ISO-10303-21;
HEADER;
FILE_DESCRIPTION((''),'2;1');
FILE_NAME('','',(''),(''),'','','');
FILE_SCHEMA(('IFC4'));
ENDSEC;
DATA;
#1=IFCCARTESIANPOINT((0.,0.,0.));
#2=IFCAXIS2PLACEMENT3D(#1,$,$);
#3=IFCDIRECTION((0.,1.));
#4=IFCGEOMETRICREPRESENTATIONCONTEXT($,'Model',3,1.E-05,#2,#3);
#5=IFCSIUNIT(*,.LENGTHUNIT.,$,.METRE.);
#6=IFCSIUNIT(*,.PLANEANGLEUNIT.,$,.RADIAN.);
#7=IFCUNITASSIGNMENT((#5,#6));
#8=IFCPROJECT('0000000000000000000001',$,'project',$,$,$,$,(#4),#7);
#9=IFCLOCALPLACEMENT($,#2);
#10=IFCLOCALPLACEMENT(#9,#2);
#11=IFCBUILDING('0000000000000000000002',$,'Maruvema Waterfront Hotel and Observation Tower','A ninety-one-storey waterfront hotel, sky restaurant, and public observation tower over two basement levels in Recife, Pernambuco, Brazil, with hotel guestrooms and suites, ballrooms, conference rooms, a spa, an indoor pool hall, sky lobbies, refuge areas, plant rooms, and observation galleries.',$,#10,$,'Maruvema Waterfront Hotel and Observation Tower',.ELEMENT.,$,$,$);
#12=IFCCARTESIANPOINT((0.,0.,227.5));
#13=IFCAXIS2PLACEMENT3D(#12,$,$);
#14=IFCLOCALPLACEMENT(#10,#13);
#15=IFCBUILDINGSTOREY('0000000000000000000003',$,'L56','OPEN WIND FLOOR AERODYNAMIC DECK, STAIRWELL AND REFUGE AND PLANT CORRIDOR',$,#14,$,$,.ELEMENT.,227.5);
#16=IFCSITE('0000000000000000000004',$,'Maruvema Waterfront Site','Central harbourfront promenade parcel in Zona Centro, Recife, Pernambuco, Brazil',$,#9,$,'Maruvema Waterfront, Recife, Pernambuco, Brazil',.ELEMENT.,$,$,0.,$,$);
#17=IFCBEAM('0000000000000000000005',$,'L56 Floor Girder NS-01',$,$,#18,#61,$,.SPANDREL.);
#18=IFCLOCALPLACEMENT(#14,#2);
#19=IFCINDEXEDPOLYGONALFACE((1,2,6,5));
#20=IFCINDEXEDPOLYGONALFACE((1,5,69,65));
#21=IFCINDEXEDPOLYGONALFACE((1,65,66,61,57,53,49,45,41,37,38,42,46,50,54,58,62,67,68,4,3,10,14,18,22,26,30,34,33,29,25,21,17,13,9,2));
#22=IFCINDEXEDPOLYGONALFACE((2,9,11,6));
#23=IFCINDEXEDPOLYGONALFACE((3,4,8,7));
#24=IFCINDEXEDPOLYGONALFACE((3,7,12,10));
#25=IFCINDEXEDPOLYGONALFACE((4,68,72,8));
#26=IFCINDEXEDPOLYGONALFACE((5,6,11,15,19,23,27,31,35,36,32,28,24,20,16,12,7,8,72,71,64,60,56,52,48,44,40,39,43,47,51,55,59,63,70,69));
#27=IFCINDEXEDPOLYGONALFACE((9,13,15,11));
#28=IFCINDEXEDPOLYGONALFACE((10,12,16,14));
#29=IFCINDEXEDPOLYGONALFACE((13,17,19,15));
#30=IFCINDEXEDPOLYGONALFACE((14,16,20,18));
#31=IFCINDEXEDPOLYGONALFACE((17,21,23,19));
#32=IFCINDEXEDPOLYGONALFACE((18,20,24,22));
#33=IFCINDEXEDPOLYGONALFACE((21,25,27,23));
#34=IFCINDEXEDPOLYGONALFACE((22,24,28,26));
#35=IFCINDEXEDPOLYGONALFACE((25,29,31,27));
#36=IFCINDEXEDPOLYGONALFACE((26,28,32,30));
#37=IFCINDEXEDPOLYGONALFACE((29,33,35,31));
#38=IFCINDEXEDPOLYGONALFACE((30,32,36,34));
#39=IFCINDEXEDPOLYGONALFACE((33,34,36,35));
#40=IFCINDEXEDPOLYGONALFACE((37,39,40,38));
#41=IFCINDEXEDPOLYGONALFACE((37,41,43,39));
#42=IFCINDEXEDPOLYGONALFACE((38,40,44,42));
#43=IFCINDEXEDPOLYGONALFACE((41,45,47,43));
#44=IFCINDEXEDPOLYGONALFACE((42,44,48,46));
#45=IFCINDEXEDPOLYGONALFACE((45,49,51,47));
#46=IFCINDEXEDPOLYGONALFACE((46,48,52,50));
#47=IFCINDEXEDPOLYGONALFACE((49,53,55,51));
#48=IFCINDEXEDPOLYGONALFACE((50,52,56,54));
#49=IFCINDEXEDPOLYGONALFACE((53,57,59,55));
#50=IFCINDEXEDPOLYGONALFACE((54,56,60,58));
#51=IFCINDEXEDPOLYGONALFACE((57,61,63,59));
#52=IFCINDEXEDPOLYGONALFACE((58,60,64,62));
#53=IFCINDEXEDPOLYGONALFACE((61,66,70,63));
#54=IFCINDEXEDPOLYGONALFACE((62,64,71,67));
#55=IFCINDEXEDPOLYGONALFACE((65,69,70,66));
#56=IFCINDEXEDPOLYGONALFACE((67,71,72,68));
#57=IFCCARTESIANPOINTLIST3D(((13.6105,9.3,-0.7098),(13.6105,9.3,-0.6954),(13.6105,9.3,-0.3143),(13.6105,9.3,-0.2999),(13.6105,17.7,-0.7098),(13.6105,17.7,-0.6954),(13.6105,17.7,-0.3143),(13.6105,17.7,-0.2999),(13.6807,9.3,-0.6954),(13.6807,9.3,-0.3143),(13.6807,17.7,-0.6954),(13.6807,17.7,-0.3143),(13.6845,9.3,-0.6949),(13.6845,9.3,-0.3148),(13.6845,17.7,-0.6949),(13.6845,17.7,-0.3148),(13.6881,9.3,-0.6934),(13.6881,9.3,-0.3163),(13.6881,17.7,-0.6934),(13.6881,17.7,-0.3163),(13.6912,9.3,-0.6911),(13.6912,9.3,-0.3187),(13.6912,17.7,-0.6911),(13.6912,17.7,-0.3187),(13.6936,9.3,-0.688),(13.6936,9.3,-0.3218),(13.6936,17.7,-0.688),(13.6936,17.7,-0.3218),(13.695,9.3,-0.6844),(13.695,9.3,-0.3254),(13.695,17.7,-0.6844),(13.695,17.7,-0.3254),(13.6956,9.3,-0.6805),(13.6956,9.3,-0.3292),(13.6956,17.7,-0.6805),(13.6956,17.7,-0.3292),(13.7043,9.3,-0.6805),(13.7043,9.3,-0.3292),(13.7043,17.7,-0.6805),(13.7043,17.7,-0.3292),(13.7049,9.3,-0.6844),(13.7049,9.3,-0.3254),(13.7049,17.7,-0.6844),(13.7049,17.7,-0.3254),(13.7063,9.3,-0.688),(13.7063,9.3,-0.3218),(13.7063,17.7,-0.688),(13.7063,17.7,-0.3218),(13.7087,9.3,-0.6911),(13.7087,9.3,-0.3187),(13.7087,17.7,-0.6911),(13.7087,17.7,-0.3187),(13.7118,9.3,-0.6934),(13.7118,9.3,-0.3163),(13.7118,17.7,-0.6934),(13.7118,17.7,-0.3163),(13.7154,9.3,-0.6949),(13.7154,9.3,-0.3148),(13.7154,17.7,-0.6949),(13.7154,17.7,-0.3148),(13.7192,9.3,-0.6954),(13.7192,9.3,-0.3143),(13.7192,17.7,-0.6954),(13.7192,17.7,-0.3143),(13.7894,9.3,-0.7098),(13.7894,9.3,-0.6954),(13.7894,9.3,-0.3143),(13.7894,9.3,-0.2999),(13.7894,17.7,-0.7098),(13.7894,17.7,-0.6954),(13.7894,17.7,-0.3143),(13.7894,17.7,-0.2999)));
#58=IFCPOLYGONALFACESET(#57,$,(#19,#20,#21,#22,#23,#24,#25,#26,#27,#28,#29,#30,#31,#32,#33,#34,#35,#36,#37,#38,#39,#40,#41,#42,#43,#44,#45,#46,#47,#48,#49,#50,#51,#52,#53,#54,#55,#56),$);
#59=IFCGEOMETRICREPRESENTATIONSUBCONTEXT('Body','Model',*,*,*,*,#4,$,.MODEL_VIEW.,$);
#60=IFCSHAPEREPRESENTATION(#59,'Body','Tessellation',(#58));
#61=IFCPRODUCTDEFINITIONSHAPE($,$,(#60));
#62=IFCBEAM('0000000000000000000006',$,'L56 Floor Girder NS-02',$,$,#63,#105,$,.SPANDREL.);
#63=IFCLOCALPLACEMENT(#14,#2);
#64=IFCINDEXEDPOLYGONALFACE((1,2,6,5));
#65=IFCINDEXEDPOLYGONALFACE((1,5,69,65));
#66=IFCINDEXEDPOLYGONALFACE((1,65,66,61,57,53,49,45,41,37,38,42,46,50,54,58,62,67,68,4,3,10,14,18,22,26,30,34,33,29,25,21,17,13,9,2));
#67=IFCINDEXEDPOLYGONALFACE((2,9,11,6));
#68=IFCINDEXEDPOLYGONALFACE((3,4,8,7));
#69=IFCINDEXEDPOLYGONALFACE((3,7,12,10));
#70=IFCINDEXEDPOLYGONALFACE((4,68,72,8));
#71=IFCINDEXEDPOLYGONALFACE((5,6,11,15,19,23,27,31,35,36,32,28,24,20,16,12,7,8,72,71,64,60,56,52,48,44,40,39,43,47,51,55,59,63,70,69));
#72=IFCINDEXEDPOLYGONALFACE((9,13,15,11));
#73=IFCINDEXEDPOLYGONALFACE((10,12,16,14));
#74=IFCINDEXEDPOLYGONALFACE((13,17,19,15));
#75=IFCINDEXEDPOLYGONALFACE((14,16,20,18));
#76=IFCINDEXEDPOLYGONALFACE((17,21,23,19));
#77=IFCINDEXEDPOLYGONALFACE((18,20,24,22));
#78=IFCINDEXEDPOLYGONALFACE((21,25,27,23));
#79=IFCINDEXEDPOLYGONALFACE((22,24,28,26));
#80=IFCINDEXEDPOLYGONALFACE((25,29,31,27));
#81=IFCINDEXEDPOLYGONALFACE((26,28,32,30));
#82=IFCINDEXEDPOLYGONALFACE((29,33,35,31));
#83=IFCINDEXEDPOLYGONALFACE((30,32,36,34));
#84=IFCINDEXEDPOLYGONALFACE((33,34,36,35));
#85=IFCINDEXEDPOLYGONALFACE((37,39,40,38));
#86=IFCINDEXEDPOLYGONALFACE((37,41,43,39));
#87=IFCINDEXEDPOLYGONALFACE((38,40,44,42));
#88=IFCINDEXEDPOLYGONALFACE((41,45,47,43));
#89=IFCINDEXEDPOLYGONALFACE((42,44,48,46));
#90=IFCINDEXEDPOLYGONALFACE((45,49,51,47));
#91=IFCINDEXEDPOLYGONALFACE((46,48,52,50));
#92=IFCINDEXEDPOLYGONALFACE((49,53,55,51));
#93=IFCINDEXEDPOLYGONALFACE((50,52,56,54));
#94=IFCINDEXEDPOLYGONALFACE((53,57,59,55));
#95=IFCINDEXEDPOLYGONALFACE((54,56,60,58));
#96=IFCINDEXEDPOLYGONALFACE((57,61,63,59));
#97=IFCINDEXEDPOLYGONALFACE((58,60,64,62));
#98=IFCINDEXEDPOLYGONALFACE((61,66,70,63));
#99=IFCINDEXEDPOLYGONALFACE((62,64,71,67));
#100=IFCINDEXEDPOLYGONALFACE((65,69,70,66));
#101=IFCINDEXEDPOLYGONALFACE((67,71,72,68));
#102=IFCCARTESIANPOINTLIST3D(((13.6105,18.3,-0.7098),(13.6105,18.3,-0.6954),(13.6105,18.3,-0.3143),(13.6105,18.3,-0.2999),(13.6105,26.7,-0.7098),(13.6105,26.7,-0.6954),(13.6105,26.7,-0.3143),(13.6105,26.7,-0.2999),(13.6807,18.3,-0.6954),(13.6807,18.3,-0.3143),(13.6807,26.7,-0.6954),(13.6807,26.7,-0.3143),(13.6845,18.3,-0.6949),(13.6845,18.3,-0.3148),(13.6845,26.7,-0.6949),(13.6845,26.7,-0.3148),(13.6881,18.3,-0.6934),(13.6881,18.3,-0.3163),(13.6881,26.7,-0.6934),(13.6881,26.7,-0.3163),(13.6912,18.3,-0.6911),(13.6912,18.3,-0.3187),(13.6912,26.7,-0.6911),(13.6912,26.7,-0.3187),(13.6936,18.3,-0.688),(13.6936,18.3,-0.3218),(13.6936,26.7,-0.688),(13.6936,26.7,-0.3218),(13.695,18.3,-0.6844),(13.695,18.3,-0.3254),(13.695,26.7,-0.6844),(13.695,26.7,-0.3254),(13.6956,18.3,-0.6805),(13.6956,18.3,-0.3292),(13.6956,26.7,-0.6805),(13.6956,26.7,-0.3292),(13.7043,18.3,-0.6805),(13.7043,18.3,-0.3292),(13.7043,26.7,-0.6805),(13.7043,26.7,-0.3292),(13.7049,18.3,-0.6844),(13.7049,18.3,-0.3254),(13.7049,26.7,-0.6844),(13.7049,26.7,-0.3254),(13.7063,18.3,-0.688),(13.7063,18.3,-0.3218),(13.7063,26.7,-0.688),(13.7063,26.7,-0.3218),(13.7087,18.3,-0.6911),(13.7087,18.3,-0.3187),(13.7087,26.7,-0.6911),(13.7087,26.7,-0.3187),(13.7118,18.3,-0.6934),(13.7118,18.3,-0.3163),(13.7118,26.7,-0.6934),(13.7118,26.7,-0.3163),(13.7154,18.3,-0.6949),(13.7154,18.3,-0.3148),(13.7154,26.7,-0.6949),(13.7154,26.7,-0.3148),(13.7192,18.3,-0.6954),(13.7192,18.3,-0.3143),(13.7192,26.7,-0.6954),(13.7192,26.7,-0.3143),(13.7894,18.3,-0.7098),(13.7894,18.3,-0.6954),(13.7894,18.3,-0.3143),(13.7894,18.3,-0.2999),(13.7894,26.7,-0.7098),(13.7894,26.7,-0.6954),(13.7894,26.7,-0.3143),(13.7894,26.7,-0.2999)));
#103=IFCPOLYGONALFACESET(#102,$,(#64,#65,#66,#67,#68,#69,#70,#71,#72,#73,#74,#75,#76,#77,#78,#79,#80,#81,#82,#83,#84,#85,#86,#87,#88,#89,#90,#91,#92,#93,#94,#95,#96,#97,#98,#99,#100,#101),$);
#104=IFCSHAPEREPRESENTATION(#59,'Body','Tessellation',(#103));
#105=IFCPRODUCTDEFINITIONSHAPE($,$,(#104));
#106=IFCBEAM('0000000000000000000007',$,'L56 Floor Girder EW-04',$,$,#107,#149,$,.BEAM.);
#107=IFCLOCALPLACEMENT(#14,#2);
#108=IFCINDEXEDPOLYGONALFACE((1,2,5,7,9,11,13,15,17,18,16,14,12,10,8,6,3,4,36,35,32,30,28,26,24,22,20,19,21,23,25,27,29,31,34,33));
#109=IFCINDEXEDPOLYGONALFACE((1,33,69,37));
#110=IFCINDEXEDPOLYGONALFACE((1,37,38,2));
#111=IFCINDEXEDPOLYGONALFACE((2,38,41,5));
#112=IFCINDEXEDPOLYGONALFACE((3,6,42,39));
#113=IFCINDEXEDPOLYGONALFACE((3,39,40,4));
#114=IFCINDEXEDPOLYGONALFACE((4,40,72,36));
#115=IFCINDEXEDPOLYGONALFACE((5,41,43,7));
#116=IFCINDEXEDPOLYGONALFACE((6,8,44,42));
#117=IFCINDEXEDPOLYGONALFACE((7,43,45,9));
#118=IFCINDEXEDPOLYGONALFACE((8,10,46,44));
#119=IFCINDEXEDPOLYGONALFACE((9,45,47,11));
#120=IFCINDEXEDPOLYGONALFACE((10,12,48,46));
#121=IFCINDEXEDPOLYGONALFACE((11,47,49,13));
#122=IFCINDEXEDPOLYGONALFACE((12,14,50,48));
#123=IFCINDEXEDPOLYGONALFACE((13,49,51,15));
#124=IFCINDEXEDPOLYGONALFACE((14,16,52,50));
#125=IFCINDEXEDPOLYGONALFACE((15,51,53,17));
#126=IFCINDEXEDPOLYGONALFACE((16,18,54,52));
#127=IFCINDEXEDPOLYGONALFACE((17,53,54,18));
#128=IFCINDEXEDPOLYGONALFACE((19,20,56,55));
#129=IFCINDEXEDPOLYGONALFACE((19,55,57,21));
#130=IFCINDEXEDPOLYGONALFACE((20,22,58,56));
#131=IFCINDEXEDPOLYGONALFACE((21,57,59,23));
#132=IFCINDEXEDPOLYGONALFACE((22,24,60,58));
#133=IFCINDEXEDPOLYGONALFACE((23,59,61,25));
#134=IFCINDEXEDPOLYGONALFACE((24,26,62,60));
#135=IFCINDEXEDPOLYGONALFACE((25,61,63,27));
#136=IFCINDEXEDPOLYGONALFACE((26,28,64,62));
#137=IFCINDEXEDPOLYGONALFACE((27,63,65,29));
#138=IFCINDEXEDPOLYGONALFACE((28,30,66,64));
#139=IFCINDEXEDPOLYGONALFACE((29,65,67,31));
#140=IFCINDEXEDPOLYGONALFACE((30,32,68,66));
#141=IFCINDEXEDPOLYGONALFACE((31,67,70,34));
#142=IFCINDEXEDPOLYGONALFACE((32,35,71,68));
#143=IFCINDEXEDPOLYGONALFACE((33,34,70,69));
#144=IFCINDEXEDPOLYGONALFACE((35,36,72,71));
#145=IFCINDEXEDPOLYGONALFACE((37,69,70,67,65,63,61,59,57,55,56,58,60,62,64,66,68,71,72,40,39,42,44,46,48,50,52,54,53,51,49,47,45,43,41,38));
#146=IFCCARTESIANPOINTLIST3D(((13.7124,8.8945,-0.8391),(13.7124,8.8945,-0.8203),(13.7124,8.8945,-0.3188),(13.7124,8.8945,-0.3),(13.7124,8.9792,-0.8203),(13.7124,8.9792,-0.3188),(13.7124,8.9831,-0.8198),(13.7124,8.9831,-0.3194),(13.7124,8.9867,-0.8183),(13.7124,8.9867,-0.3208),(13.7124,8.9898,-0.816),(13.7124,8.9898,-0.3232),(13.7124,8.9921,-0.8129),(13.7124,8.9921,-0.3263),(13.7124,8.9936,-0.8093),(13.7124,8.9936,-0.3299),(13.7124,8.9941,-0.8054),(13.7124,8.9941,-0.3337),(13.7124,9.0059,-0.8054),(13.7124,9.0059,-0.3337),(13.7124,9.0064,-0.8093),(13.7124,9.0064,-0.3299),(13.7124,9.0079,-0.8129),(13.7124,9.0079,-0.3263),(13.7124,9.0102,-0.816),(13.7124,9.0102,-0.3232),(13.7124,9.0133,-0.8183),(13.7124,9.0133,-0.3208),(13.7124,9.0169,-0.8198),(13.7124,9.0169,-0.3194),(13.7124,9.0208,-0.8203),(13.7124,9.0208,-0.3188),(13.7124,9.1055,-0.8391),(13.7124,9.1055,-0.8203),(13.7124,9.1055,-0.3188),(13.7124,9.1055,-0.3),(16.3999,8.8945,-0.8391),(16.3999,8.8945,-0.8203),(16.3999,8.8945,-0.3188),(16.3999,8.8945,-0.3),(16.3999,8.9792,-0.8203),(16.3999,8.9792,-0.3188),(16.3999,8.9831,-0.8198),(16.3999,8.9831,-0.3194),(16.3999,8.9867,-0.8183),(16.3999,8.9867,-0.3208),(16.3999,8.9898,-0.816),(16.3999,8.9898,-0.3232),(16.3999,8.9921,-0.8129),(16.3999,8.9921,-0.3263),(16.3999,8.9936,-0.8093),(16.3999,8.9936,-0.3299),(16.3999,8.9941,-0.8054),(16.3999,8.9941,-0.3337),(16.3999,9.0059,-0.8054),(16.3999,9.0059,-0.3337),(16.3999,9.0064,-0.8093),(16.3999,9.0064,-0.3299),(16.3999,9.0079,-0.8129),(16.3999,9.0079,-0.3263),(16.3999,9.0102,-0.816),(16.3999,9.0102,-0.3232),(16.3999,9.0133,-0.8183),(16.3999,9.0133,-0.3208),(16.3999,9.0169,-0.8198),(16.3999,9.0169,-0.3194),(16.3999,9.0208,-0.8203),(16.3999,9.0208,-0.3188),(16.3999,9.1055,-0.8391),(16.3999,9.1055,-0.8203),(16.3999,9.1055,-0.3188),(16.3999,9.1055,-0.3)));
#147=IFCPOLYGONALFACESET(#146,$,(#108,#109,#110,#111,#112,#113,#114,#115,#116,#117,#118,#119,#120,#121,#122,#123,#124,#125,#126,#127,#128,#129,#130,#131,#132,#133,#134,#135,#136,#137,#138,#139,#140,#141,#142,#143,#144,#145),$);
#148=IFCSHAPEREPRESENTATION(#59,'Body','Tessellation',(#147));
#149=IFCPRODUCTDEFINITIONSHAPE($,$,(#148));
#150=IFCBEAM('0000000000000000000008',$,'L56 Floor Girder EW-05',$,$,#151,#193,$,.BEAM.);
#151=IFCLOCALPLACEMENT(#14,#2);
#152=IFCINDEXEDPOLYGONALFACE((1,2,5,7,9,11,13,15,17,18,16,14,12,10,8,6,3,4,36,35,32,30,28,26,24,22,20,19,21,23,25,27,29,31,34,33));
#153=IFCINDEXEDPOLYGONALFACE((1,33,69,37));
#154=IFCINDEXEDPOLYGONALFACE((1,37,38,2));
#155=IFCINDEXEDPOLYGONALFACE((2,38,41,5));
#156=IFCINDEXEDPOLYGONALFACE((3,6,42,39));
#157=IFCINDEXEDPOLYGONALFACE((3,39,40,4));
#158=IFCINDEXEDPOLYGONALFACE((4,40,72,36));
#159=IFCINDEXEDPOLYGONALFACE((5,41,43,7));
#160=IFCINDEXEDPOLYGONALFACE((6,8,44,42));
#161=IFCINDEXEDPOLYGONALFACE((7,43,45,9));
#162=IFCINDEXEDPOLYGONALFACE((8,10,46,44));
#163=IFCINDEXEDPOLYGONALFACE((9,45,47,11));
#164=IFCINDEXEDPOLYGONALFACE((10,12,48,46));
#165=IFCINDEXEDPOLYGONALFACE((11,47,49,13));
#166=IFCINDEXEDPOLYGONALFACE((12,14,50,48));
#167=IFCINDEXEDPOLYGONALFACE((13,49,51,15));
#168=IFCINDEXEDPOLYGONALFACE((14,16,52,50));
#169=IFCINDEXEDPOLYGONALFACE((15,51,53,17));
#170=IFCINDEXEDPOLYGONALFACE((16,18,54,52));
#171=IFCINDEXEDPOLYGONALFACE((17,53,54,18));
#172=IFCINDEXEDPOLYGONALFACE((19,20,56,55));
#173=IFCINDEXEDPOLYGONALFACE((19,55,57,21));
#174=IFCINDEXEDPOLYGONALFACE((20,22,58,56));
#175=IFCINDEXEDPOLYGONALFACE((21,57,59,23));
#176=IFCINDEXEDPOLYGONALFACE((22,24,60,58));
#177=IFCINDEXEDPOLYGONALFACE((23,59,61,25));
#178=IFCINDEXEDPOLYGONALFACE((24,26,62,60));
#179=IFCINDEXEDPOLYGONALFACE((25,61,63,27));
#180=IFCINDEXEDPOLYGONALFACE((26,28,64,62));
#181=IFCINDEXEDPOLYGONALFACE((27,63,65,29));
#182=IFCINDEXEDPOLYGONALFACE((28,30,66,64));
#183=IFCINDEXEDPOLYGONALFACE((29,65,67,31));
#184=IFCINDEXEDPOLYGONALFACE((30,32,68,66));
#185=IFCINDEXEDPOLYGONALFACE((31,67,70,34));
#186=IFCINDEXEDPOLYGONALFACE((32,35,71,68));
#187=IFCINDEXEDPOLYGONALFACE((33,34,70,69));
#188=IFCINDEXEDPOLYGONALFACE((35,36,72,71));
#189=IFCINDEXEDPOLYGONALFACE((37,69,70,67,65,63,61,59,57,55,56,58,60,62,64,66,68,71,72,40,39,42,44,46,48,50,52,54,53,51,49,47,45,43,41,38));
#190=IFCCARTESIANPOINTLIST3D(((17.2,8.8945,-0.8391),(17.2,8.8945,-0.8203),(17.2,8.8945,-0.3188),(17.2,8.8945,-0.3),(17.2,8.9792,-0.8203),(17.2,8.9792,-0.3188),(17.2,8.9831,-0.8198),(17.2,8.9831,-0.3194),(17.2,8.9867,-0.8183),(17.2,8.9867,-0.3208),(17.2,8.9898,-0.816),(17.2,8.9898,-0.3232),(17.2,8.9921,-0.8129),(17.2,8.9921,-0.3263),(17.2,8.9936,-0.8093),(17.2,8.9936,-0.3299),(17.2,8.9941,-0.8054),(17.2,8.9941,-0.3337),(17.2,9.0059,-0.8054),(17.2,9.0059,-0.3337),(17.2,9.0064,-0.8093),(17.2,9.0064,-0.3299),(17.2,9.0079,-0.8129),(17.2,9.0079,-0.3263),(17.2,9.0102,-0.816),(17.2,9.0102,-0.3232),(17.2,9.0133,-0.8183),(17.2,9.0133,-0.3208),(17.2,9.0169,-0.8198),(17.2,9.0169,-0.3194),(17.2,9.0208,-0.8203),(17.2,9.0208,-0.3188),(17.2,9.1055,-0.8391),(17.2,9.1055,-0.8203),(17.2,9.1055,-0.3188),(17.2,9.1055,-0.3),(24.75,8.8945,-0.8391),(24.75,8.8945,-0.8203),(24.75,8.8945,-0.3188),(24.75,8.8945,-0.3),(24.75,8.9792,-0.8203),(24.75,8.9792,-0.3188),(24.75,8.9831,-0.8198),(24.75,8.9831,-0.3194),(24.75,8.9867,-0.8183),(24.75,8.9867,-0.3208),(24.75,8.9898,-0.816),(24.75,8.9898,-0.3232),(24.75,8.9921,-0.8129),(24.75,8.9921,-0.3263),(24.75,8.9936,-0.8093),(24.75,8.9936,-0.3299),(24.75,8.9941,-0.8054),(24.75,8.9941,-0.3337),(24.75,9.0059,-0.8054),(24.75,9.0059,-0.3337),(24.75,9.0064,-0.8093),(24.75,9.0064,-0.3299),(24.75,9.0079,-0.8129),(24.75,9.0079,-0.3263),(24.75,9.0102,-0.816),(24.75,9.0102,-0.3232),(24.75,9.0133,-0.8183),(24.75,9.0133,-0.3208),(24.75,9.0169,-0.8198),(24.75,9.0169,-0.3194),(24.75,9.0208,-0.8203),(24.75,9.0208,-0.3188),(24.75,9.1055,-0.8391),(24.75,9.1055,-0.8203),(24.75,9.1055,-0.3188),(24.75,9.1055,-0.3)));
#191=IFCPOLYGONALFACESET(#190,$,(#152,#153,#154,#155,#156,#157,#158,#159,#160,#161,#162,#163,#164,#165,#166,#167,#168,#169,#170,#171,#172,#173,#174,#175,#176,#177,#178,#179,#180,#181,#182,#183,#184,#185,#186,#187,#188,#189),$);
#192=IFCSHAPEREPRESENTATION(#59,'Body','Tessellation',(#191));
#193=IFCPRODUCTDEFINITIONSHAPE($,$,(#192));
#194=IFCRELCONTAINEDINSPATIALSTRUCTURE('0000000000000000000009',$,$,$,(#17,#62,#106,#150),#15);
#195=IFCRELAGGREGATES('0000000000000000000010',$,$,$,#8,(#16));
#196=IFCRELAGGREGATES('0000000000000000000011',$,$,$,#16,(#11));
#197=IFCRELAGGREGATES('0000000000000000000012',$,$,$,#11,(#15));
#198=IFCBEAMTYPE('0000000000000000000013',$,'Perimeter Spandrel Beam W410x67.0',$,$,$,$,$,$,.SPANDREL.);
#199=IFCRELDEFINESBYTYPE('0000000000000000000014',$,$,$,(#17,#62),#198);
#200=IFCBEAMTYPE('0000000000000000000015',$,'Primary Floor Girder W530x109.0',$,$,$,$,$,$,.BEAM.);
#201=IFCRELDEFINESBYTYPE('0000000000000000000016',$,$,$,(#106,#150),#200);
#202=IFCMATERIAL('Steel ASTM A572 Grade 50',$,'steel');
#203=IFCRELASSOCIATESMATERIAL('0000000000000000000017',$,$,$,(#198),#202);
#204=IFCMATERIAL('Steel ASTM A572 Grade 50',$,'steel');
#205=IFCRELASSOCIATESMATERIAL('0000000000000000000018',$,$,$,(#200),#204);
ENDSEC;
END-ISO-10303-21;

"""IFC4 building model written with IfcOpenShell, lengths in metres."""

from ifc_helpers import new_model, si_unit, direction, frame, origin, origin_2d, place, context, subcontext, project, spatial, i_section, extrude, material, material_profile, profile_set, type_object, element, save


model = new_model("IFC4")

# Units and contexts
model_context = context("Model", 3, precision=1e-05, world=origin(), true_north=direction((0.0, 1.0)))
body_context = subcontext(model_context, "Body", "Model", "MODEL_VIEW")
ifc_project = project(units=[si_unit("LENGTHUNIT", "METRE"), si_unit("PLANEANGLEUNIT", "RADIAN")], contexts=[model_context])

# Site, building, storey
site_placement = place(None, origin())
site = spatial("IfcSite", under=ifc_project, at=site_placement, Name="Maruvema Waterfront Site", Description="Central harbourfront promenade parcel in Zona Centro, Recife, Pernambuco, Brazil", LongName="Maruvema Waterfront, Recife, Pernambuco, Brazil", CompositionType="ELEMENT", RefElevation=0.0)
building_placement = place(site_placement, origin())
building = spatial("IfcBuilding", under=site, at=building_placement, Name="Maruvema Waterfront Hotel and Observation Tower", Description="A ninety-one-storey waterfront hotel, sky restaurant, and public observation tower over two basement levels in Recife, Pernambuco, Brazil, with hotel guestrooms and suites, ballrooms, conference rooms, a spa, an indoor pool hall, sky lobbies, refuge areas, plant rooms, and observation galleries.", LongName="Maruvema Waterfront Hotel and Observation Tower", CompositionType="ELEMENT")
storey_placement = place(building_placement, frame((0.0, 0.0, 227.5)))
storey = spatial("IfcBuildingStorey", under=building, at=storey_placement, Name="L56", Description="OPEN WIND FLOOR AERODYNAMIC DECK, STAIRWELL AND REFUGE AND PLANT CORRIDOR", CompositionType="ELEMENT", Elevation=227.5)

# Beams
ifc_material_1 = material(Name="Steel ASTM A572 Grade 50", Category="steel")
ifc_material_profile_1 = material_profile(ifc_material_1, i_section(OverallWidth=0.179, OverallDepth=0.4099, WebThickness=0.0088, FlangeThickness=0.0144, FilletRadius=0.0149, at=origin_2d()), Name="W410x67.0")
ifc_profile_set_1 = profile_set([ifc_material_profile_1], Name="Steel ASTM A572 Grade 50")
beam_type_1 = type_object("IfcBeamType", Name="Perimeter Spandrel Beam W410x67.0", PredefinedType="SPANDREL", material=ifc_profile_set_1)
for number, where, z_axis, x_axis, name in (
    (1, (13.7, 9.3, -0.5049), (0.0, 1.0, 0.0), (-1.0, 0.0, 0.0), "L56 Floor Girder NS-01"),
    (2, (13.7, 18.3, -0.5049), (0.0, 1.0, 0.0), (-1.0, 0.0, 0.0), "L56 Floor Girder NS-02"),
):
    element("IfcBeam", number, at=place(storey_placement, frame(where, z_axis=z_axis, x_axis=x_axis)), inside=storey, type_object=beam_type_1, Name=name, PredefinedType="SPANDREL", context=body_context, shape_type="SweptSolid", body=[
        extrude(i_section(OverallWidth=0.179, OverallDepth=0.4099, WebThickness=0.0088, FlangeThickness=0.0144, FilletRadius=0.0149, at=origin_2d()), origin(), (0.0, 0.0, 1.0), 8.3999),
    ])
ifc_material_2 = material(Name="Steel ASTM A572 Grade 50", Category="steel")
ifc_material_profile_2 = material_profile(ifc_material_2, i_section(OverallWidth=0.2109, OverallDepth=0.5391, WebThickness=0.0117, FlangeThickness=0.0188, FilletRadius=0.0149, at=origin_2d()), Name="W530x109.0")
ifc_profile_set_2 = profile_set([ifc_material_profile_2], Name="Steel ASTM A572 Grade 50")
beam_type_2 = type_object("IfcBeamType", Name="Primary Floor Girder W530x109.0", PredefinedType="BEAM", material=ifc_profile_set_2)
beam_1_placement = place(storey_placement, frame((13.7124, 9.0, -0.5696), z_axis=(1.0, 0.0, 0.0), x_axis=(0.0, 1.0, 0.0)))
element("IfcBeam", 3, at=beam_1_placement, inside=storey, type_object=beam_type_2, Name="L56 Floor Girder EW-04", PredefinedType="BEAM", context=body_context, shape_type="SweptSolid", body=[
    extrude(i_section(OverallWidth=0.2109, OverallDepth=0.5391, WebThickness=0.0117, FlangeThickness=0.0188, FilletRadius=0.0149, at=origin_2d()), origin(), (0.0, 0.0, 1.0), 2.6875),
])
beam_2_placement = place(storey_placement, frame((17.2, 9.0, -0.5696), z_axis=(1.0, 0.0, 0.0), x_axis=(0.0, 1.0, 0.0)))
element("IfcBeam", 4, at=beam_2_placement, inside=storey, type_object=beam_type_2, Name="L56 Floor Girder EW-05", PredefinedType="BEAM", context=body_context, shape_type="SweptSolid", body=[
    extrude(i_section(OverallWidth=0.2109, OverallDepth=0.5391, WebThickness=0.0117, FlangeThickness=0.0188, FilletRadius=0.0149, at=origin_2d()), origin(), (0.0, 0.0, 1.0), 7.55),
])

save(model, "model.ifc")
